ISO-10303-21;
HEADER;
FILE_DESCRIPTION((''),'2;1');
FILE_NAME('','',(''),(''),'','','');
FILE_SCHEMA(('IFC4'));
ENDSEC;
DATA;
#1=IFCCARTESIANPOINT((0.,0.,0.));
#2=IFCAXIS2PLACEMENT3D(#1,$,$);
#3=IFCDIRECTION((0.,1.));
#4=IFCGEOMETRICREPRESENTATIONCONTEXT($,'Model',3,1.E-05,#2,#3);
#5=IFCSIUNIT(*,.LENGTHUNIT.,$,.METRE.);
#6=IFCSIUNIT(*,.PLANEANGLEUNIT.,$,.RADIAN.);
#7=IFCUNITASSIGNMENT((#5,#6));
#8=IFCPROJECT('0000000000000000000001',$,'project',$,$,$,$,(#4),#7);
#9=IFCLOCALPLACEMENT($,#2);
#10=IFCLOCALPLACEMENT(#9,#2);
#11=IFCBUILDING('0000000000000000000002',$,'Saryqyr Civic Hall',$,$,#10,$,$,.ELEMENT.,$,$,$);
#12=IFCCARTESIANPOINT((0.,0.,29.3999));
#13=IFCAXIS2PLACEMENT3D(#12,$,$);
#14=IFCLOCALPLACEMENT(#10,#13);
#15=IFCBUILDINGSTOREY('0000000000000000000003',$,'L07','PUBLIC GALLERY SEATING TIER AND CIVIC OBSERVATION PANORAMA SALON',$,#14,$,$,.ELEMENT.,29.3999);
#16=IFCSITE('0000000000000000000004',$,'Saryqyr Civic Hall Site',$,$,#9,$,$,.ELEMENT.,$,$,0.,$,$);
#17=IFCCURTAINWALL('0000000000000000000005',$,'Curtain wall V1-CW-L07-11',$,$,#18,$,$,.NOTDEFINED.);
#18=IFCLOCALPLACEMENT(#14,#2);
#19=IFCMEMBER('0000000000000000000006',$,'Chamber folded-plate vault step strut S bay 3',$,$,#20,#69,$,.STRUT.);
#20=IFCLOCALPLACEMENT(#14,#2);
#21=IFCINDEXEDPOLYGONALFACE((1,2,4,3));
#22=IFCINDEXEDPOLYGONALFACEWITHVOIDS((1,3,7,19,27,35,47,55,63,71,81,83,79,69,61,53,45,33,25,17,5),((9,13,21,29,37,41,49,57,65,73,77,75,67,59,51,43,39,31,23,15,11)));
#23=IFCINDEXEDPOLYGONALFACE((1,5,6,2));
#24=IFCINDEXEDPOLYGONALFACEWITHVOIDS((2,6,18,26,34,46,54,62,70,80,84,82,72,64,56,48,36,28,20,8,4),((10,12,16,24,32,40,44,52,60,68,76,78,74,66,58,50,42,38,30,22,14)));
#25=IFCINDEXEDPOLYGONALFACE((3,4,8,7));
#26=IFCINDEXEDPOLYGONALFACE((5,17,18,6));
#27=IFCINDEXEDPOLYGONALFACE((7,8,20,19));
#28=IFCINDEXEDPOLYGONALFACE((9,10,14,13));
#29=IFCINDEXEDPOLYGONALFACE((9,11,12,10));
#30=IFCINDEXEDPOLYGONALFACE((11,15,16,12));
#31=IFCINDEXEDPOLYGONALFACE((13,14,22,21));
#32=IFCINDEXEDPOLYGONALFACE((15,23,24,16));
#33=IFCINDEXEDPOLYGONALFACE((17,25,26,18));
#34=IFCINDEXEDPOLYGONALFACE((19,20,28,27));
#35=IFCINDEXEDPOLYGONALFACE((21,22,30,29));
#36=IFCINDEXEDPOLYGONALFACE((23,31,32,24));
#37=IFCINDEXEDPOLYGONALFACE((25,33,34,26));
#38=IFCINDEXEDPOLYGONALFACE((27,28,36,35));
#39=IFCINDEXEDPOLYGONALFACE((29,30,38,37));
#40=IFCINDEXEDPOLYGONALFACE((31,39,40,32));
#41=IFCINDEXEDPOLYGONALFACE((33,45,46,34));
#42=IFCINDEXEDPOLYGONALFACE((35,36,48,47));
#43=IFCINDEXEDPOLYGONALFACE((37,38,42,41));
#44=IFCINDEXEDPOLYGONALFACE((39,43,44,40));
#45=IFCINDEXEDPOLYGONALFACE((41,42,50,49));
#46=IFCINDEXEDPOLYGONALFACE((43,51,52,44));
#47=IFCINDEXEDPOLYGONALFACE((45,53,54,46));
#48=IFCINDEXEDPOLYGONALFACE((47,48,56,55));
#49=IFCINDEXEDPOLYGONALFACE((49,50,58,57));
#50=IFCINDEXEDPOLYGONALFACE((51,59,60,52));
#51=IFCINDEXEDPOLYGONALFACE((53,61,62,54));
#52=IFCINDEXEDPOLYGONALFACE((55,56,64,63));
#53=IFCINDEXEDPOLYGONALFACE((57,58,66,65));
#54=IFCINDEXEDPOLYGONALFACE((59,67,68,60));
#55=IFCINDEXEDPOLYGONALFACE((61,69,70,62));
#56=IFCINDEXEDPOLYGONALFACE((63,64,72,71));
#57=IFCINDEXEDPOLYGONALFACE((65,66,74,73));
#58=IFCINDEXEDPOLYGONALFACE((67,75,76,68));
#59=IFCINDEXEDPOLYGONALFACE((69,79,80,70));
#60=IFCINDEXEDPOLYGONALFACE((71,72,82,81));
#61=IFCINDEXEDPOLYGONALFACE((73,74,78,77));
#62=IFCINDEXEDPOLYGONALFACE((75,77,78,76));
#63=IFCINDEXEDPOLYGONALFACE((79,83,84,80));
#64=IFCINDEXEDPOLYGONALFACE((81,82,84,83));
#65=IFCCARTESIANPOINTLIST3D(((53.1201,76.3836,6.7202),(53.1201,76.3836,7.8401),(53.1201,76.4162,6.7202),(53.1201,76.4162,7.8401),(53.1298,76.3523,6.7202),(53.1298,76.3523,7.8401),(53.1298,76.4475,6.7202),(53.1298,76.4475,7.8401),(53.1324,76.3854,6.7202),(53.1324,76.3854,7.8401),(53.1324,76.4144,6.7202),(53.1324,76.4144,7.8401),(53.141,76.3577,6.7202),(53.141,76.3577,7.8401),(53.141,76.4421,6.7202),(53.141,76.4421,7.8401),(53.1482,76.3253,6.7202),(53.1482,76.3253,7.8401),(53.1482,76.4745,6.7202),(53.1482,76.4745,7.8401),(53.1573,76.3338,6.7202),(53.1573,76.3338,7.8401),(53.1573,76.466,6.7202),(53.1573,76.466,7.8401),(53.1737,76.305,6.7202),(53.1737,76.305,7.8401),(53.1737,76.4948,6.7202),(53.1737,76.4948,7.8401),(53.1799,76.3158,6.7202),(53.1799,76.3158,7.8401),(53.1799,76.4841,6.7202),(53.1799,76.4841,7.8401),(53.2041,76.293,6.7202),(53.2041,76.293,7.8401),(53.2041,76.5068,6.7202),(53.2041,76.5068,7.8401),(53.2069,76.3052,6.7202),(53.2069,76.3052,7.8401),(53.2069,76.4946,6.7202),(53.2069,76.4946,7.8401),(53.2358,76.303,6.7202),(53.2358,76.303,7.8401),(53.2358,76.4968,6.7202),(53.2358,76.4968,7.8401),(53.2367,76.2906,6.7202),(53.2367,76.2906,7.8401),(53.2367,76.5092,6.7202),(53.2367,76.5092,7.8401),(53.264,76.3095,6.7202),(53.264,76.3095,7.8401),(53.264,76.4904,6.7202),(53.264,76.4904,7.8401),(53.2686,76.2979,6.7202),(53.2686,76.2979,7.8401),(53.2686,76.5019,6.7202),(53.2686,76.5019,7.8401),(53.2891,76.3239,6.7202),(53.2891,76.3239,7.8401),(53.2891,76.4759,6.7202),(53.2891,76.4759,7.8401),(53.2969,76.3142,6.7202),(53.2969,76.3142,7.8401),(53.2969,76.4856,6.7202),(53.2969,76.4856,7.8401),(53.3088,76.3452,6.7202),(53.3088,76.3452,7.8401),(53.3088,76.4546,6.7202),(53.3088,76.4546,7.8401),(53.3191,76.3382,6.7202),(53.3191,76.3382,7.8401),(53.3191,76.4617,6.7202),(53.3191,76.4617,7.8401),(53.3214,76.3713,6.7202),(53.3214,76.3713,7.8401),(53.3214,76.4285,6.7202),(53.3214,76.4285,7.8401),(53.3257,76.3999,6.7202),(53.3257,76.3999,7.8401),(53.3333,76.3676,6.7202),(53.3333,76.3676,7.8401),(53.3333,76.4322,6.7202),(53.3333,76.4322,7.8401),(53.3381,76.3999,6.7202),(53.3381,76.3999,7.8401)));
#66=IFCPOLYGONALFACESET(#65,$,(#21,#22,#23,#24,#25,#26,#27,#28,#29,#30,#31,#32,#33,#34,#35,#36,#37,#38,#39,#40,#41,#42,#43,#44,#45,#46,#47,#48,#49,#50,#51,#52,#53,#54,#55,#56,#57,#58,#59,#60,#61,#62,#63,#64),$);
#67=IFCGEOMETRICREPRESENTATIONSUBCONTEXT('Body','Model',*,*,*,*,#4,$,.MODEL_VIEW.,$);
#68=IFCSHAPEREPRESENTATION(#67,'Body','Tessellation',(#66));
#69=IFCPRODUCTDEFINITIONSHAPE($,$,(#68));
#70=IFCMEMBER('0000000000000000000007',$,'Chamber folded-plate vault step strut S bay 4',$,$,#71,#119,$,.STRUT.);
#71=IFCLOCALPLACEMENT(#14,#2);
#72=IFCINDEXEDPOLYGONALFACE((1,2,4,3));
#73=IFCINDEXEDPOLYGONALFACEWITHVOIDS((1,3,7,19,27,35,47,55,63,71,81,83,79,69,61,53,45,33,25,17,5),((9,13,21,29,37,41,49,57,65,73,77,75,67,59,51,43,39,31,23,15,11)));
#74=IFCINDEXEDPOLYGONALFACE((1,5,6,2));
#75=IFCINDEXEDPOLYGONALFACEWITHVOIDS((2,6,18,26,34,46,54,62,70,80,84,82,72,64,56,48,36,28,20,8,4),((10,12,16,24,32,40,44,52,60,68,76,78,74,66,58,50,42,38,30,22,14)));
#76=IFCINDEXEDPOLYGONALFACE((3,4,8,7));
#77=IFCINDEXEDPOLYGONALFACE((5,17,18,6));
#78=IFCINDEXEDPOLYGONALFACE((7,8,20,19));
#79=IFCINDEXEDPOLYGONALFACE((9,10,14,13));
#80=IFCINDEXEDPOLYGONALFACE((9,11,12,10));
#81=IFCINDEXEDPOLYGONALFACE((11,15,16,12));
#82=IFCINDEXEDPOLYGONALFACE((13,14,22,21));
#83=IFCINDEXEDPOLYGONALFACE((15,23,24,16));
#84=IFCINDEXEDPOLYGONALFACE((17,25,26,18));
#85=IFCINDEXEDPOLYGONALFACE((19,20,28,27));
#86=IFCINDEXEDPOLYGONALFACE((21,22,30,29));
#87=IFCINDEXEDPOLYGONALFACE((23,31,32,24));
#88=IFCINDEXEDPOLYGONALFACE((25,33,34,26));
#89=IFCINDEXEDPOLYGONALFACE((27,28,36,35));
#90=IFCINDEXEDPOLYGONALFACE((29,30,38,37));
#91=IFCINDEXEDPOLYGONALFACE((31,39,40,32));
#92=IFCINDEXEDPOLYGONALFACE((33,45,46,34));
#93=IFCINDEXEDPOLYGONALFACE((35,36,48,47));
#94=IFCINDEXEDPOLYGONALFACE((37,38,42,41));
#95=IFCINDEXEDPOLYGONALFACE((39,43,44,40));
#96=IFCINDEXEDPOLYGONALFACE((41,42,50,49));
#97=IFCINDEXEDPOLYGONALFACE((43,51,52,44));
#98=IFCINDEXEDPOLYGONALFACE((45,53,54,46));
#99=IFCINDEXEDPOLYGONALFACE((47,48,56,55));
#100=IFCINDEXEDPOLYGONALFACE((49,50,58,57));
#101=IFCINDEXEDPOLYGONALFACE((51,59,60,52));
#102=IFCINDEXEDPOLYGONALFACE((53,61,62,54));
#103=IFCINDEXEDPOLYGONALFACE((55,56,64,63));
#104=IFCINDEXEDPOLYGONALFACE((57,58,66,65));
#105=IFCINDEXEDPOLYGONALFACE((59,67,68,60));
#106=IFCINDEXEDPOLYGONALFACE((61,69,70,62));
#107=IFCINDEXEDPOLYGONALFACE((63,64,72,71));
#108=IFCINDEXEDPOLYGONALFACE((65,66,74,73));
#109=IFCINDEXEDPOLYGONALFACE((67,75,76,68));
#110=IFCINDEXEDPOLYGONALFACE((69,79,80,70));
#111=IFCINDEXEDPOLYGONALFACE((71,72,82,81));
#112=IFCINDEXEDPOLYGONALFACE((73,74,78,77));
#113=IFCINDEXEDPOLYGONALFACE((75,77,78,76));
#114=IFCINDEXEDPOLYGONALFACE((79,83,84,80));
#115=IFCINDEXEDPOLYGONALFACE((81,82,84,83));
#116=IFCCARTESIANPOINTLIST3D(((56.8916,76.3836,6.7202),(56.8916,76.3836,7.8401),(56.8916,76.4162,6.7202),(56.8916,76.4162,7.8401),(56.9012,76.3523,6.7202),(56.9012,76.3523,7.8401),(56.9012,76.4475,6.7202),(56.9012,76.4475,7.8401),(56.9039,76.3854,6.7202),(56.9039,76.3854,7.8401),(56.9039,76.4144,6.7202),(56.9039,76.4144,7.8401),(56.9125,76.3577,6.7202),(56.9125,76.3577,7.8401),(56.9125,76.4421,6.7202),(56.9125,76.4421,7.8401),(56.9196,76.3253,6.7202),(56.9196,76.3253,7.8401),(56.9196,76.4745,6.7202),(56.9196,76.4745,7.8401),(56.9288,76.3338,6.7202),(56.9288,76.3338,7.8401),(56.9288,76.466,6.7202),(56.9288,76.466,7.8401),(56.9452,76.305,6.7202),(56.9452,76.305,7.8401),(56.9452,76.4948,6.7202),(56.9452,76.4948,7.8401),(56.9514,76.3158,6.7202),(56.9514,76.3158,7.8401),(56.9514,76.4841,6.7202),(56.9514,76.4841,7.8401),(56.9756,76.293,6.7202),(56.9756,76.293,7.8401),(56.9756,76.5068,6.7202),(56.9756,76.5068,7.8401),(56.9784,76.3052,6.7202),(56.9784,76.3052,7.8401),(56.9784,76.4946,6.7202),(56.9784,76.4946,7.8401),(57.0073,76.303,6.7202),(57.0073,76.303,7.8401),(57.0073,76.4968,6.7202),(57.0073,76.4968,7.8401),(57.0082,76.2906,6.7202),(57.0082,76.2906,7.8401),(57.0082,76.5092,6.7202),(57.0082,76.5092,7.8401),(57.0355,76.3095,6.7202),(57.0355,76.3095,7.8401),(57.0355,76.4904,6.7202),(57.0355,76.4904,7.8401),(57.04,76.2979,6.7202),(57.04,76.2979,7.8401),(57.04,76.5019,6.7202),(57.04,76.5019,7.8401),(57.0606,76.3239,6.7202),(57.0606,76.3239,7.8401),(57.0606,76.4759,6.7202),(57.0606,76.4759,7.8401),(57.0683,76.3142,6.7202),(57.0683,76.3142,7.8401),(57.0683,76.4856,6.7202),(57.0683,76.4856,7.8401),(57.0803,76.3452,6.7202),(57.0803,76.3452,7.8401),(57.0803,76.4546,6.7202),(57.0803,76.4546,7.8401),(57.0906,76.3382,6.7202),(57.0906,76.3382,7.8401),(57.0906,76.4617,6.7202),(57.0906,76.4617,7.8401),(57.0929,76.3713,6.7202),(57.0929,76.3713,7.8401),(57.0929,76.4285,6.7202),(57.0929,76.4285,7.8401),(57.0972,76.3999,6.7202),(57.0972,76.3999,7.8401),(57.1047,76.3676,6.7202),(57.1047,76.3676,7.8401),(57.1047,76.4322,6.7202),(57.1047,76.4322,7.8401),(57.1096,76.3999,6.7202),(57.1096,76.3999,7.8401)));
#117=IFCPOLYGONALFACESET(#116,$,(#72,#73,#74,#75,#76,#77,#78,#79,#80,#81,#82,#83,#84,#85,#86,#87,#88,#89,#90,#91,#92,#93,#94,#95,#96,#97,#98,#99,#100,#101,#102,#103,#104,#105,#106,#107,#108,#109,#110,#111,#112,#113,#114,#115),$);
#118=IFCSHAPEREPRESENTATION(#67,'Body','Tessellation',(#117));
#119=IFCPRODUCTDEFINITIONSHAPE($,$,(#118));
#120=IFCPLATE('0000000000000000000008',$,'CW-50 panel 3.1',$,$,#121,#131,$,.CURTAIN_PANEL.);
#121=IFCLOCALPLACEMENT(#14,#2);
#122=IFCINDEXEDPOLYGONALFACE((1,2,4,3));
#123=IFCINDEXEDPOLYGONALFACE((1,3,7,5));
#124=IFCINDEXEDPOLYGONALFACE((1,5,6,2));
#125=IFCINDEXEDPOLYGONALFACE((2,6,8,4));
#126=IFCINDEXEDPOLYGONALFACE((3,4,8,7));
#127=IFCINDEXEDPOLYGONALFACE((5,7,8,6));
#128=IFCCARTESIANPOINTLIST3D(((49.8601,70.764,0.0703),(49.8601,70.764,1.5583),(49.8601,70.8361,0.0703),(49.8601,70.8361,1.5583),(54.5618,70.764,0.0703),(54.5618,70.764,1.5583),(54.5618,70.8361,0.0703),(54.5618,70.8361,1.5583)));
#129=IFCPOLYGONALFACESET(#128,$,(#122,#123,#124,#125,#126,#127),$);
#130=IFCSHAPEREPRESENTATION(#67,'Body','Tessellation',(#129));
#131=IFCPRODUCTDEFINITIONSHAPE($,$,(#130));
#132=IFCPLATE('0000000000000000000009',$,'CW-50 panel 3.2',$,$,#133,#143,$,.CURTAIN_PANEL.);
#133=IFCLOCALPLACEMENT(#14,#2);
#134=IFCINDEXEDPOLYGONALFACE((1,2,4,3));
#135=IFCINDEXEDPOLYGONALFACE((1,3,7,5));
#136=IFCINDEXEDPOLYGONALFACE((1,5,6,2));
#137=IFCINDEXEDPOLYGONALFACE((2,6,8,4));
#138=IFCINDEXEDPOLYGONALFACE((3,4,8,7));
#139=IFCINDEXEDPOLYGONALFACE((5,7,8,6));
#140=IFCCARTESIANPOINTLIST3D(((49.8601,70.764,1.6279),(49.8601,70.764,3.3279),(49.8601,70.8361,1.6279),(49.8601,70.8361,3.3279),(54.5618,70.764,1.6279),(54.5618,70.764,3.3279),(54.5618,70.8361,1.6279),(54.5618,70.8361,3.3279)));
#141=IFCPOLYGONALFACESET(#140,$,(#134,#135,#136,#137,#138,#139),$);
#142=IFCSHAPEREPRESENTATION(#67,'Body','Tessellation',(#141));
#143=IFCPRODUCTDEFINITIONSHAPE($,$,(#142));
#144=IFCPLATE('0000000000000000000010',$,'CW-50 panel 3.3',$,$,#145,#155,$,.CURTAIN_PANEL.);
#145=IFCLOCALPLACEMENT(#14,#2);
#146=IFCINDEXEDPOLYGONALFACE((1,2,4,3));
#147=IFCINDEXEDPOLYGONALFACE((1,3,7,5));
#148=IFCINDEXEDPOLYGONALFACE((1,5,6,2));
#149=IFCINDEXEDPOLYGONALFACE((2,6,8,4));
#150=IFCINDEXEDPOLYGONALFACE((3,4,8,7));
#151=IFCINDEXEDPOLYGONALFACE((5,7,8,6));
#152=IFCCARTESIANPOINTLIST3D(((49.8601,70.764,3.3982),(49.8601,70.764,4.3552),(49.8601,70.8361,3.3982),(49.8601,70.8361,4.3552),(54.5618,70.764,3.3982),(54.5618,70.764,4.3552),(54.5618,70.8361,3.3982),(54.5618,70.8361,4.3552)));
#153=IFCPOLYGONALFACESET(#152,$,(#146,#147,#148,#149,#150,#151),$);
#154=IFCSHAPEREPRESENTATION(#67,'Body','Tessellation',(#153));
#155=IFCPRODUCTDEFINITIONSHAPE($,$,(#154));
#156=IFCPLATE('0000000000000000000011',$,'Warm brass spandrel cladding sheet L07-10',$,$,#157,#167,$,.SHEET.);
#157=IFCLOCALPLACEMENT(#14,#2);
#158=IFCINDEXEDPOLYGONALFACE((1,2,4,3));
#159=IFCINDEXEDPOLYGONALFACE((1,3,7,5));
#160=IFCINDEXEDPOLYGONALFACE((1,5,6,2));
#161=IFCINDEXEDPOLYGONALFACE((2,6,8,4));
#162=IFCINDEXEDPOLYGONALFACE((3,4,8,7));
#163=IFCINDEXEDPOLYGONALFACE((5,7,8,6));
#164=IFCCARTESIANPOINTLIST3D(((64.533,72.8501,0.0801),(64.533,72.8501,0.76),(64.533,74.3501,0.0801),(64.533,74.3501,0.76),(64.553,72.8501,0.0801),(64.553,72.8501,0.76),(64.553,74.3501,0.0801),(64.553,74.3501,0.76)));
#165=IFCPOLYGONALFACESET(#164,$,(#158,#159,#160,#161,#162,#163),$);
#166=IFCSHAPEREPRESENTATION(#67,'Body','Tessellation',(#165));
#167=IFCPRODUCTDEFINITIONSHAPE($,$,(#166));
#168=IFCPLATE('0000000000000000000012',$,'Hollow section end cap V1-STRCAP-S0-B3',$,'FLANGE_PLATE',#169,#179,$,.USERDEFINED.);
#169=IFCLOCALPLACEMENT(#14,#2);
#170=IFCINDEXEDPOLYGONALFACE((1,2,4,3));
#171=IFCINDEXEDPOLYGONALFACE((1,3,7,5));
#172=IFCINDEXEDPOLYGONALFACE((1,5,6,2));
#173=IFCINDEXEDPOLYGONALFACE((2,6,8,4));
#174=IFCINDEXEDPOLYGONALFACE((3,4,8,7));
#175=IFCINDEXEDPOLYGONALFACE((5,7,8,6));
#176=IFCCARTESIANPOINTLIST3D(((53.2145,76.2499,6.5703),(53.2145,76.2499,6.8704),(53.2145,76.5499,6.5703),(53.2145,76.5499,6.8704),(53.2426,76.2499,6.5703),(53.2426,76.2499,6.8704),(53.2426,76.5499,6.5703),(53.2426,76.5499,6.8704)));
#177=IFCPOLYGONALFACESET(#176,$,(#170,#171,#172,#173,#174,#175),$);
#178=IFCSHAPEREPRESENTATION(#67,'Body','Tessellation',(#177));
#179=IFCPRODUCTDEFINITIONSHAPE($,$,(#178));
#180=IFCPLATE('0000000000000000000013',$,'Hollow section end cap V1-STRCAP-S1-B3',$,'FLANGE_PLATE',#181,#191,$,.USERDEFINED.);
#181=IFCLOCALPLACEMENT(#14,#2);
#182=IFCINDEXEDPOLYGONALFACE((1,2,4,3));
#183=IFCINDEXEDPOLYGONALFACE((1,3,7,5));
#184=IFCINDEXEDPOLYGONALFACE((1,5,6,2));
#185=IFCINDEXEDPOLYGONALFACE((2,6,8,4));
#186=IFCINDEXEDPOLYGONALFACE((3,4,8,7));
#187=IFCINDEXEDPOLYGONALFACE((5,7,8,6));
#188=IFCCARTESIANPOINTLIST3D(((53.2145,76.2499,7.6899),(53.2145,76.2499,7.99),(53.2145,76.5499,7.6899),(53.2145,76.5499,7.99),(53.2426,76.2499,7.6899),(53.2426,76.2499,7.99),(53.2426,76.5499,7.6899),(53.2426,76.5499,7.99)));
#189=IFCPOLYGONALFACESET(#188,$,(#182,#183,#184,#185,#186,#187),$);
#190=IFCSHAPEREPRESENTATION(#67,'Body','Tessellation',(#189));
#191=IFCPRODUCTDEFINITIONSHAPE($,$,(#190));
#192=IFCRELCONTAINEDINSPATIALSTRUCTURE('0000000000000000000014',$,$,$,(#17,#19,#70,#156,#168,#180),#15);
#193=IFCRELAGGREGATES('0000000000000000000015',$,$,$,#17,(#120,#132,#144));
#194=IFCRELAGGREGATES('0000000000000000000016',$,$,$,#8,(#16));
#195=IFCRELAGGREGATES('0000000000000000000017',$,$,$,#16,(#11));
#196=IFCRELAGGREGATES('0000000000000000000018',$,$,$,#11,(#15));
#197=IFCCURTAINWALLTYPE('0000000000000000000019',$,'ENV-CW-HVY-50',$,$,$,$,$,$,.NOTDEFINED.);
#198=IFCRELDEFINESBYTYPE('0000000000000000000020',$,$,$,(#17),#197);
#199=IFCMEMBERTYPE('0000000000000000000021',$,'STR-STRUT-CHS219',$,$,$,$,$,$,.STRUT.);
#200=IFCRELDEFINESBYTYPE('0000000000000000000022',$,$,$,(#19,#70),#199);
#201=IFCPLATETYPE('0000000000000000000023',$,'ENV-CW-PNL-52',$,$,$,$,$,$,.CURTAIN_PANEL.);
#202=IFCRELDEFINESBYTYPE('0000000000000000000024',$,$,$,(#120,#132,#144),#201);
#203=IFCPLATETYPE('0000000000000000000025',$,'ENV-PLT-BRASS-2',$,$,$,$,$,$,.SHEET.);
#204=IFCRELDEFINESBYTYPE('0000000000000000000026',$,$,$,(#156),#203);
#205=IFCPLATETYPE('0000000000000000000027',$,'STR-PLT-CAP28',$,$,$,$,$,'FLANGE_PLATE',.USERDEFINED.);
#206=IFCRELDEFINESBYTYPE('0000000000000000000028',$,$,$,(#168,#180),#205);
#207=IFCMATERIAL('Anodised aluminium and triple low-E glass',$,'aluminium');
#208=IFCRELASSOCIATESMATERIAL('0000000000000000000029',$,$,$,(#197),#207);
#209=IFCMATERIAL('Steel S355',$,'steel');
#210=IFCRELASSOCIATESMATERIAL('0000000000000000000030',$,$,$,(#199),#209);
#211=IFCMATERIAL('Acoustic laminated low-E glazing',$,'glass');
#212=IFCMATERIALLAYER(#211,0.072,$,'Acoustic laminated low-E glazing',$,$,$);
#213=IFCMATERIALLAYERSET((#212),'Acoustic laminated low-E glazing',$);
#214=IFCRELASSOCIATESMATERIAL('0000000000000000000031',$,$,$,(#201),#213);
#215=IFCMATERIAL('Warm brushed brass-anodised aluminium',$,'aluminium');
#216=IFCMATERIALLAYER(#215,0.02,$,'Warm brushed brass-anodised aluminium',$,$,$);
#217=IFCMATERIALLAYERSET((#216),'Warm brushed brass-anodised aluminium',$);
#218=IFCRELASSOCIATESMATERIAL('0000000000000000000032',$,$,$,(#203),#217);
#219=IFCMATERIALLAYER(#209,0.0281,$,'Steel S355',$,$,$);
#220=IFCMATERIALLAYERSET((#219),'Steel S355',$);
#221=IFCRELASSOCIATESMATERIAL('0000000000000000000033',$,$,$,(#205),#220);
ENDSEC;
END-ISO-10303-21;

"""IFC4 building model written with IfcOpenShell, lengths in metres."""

from ifc_helpers import new_model, si_unit, direction, frame, origin, origin_2d, place, context, subcontext, project, spatial, rectangle, hollow_circle, extrude, material, layer, layer_set, material_profile, profile_set, type_object, element, aggregate, save


model = new_model("IFC4")

# Units and contexts
model_context = context("Model", 3, precision=1e-05, world=origin(), true_north=direction((0.0, 1.0)))
body_context = subcontext(model_context, "Body", "Model", "MODEL_VIEW")
ifc_project = project(units=[si_unit("LENGTHUNIT", "METRE"), si_unit("PLANEANGLEUNIT", "RADIAN")], contexts=[model_context])

# Site, building, storey
site_placement = place(None, origin())
site = spatial("IfcSite", under=ifc_project, at=site_placement, Name="Saryqyr Civic Hall Site", CompositionType="ELEMENT", RefElevation=0.0)
building_placement = place(site_placement, origin())
building = spatial("IfcBuilding", under=site, at=building_placement, Name="Saryqyr Civic Hall", CompositionType="ELEMENT")
storey_placement = place(building_placement, frame((0.0, 0.0, 29.3999)))
storey = spatial("IfcBuildingStorey", under=building, at=storey_placement, Name="L07", Description="PUBLIC GALLERY SEATING TIER AND CIVIC OBSERVATION PANORAMA SALON", CompositionType="ELEMENT", Elevation=29.3999)

# Curtain wall
ifc_material_1 = material(Name="Anodised aluminium and triple low-E glass", Category="aluminium")
curtain_wall_type = type_object("IfcCurtainWallType", Name="ENV-CW-HVY-50", PredefinedType="NOTDEFINED", material=ifc_material_1)
curtain_wall_placement = place(storey_placement, origin())
curtain_wall = element("IfcCurtainWall", 1, at=curtain_wall_placement, inside=storey, type_object=curtain_wall_type, Name="Curtain wall V1-CW-L07-11", PredefinedType="NOTDEFINED")

# Shared definitions
ifc_material_2 = material(Name="Steel S355", Category="steel")

# Members
ifc_material_profile_1 = material_profile(ifc_material_2, hollow_circle(Radius=0.1096, WallThickness=0.0125, at=origin_2d()), Name="CHS 219.1x12.5")
ifc_profile_set_1 = profile_set([ifc_material_profile_1], Name="Steel S355")
member_type_1 = type_object("IfcMemberType", Name="STR-STRUT-CHS219", PredefinedType="STRUT", material=ifc_profile_set_1)
for number, where, z_axis, x_axis, name in (
    (2, (53.2285, 76.3999, 6.7202), (0.0, 0.0, 1.0), (1.0, 0.0, 0.0), "Chamber folded-plate vault step strut S bay 3"),
    (3, (57.0, 76.3999, 6.7202), (0.0, 0.0, 1.0), (1.0, 0.0, 0.0), "Chamber folded-plate vault step strut S bay 4"),
):
    element("IfcMember", number, at=place(storey_placement, frame(where, z_axis=z_axis, x_axis=x_axis)), inside=storey, type_object=member_type_1, Name=name, PredefinedType="STRUT", context=body_context, shape_type="SweptSolid", body=[
        extrude(hollow_circle(Radius=0.1096, WallThickness=0.0125, at=origin_2d()), origin(), (0.0, 0.0, 1.0), 1.1199),
    ])

# Plates
ifc_material_3 = material(Name="Acoustic laminated low-E glazing", Category="glass")
ifc_layer_1 = layer(ifc_material_3, 0.072, Name="Acoustic laminated low-E glazing")
ifc_layer_set_1 = layer_set([ifc_layer_1], Name="Acoustic laminated low-E glazing")
plate_type_1 = type_object("IfcPlateType", Name="ENV-CW-PNL-52", PredefinedType="CURTAIN_PANEL", material=ifc_layer_set_1)
plate_1_placement = place(storey_placement, frame((52.2109, 70.8, 0.0703), z_axis=(0.0, 0.0, 1.0), x_axis=(-1.0, 0.0, 0.0)))
plate_1 = element("IfcPlate", 4, at=plate_1_placement, type_object=plate_type_1, Name="CW-50 panel 3.1", PredefinedType="CURTAIN_PANEL", context=body_context, shape_type="SweptSolid", body=[
    extrude(rectangle(XDim=4.7017, YDim=0.072, at=origin_2d()), origin(), (0.0, 0.0, 1.0), 1.488),
])
plate_2_placement = place(storey_placement, frame((52.2109, 70.8, 1.6279), z_axis=(0.0, 0.0, 1.0), x_axis=(-1.0, 0.0, 0.0)))
plate_2 = element("IfcPlate", 5, at=plate_2_placement, type_object=plate_type_1, Name="CW-50 panel 3.2", PredefinedType="CURTAIN_PANEL", context=body_context, shape_type="SweptSolid", body=[
    extrude(rectangle(XDim=4.7017, YDim=0.072, at=origin_2d()), origin(), (0.0, 0.0, 1.0), 1.7),
])
plate_3_placement = place(storey_placement, frame((52.2109, 70.8, 3.3982), z_axis=(0.0, 0.0, 1.0), x_axis=(-1.0, 0.0, 0.0)))
plate_3 = element("IfcPlate", 6, at=plate_3_placement, type_object=plate_type_1, Name="CW-50 panel 3.3", PredefinedType="CURTAIN_PANEL", context=body_context, shape_type="SweptSolid", body=[
    extrude(rectangle(XDim=4.7017, YDim=0.072, at=origin_2d()), origin(), (0.0, 0.0, 1.0), 0.957),
])
aggregate(curtain_wall, [plate_1, plate_2, plate_3])

# Plates
ifc_material_4 = material(Name="Warm brushed brass-anodised aluminium", Category="aluminium")
ifc_layer_2 = layer(ifc_material_4, 0.02, Name="Warm brushed brass-anodised aluminium")
ifc_layer_set_2 = layer_set([ifc_layer_2], Name="Warm brushed brass-anodised aluminium")
plate_type_2 = type_object("IfcPlateType", Name="ENV-PLT-BRASS-2", PredefinedType="SHEET", material=ifc_layer_set_2)
plate_4_placement = place(storey_placement, frame((64.543, 73.6001, 0.0801), z_axis=(0.0, 0.0, 1.0), x_axis=(0.0, -1.0, 0.0)))
element("IfcPlate", 7, at=plate_4_placement, inside=storey, type_object=plate_type_2, Name="Warm brass spandrel cladding sheet L07-10", PredefinedType="SHEET", context=body_context, shape_type="SweptSolid", body=[
    extrude(rectangle(XDim=1.5, YDim=0.02, at=origin_2d()), origin(), (0.0, 0.0, 1.0), 0.6799),
])
ifc_layer_3 = layer(ifc_material_2, 0.0281, Name="Steel S355")
ifc_layer_set_3 = layer_set([ifc_layer_3], Name="Steel S355")
plate_type_3 = type_object("IfcPlateType", Name="STR-PLT-CAP28", ElementType="FLANGE_PLATE", PredefinedType="USERDEFINED", material=ifc_layer_set_3)
for number, where, z_axis, x_axis, name in (
    (8, (53.2285, 76.3999, 6.5703), (0.0, 0.0, 1.0), (1.0, 0.0, 0.0), "Hollow section end cap V1-STRCAP-S0-B3"),
    (9, (53.2285, 76.3999, 7.6899), (0.0, 0.0, 1.0), (1.0, 0.0, 0.0), "Hollow section end cap V1-STRCAP-S1-B3"),
):
    element("IfcPlate", number, at=place(storey_placement, frame(where, z_axis=z_axis, x_axis=x_axis)), inside=storey, type_object=plate_type_3, Name=name, ObjectType="FLANGE_PLATE", PredefinedType="USERDEFINED", context=body_context, shape_type="SweptSolid", body=[
        extrude(rectangle(XDim=0.0281, YDim=0.3, at=origin_2d()), origin(), (0.0, 0.0, 1.0), 0.3),
    ])

save(model, "model.ifc")
